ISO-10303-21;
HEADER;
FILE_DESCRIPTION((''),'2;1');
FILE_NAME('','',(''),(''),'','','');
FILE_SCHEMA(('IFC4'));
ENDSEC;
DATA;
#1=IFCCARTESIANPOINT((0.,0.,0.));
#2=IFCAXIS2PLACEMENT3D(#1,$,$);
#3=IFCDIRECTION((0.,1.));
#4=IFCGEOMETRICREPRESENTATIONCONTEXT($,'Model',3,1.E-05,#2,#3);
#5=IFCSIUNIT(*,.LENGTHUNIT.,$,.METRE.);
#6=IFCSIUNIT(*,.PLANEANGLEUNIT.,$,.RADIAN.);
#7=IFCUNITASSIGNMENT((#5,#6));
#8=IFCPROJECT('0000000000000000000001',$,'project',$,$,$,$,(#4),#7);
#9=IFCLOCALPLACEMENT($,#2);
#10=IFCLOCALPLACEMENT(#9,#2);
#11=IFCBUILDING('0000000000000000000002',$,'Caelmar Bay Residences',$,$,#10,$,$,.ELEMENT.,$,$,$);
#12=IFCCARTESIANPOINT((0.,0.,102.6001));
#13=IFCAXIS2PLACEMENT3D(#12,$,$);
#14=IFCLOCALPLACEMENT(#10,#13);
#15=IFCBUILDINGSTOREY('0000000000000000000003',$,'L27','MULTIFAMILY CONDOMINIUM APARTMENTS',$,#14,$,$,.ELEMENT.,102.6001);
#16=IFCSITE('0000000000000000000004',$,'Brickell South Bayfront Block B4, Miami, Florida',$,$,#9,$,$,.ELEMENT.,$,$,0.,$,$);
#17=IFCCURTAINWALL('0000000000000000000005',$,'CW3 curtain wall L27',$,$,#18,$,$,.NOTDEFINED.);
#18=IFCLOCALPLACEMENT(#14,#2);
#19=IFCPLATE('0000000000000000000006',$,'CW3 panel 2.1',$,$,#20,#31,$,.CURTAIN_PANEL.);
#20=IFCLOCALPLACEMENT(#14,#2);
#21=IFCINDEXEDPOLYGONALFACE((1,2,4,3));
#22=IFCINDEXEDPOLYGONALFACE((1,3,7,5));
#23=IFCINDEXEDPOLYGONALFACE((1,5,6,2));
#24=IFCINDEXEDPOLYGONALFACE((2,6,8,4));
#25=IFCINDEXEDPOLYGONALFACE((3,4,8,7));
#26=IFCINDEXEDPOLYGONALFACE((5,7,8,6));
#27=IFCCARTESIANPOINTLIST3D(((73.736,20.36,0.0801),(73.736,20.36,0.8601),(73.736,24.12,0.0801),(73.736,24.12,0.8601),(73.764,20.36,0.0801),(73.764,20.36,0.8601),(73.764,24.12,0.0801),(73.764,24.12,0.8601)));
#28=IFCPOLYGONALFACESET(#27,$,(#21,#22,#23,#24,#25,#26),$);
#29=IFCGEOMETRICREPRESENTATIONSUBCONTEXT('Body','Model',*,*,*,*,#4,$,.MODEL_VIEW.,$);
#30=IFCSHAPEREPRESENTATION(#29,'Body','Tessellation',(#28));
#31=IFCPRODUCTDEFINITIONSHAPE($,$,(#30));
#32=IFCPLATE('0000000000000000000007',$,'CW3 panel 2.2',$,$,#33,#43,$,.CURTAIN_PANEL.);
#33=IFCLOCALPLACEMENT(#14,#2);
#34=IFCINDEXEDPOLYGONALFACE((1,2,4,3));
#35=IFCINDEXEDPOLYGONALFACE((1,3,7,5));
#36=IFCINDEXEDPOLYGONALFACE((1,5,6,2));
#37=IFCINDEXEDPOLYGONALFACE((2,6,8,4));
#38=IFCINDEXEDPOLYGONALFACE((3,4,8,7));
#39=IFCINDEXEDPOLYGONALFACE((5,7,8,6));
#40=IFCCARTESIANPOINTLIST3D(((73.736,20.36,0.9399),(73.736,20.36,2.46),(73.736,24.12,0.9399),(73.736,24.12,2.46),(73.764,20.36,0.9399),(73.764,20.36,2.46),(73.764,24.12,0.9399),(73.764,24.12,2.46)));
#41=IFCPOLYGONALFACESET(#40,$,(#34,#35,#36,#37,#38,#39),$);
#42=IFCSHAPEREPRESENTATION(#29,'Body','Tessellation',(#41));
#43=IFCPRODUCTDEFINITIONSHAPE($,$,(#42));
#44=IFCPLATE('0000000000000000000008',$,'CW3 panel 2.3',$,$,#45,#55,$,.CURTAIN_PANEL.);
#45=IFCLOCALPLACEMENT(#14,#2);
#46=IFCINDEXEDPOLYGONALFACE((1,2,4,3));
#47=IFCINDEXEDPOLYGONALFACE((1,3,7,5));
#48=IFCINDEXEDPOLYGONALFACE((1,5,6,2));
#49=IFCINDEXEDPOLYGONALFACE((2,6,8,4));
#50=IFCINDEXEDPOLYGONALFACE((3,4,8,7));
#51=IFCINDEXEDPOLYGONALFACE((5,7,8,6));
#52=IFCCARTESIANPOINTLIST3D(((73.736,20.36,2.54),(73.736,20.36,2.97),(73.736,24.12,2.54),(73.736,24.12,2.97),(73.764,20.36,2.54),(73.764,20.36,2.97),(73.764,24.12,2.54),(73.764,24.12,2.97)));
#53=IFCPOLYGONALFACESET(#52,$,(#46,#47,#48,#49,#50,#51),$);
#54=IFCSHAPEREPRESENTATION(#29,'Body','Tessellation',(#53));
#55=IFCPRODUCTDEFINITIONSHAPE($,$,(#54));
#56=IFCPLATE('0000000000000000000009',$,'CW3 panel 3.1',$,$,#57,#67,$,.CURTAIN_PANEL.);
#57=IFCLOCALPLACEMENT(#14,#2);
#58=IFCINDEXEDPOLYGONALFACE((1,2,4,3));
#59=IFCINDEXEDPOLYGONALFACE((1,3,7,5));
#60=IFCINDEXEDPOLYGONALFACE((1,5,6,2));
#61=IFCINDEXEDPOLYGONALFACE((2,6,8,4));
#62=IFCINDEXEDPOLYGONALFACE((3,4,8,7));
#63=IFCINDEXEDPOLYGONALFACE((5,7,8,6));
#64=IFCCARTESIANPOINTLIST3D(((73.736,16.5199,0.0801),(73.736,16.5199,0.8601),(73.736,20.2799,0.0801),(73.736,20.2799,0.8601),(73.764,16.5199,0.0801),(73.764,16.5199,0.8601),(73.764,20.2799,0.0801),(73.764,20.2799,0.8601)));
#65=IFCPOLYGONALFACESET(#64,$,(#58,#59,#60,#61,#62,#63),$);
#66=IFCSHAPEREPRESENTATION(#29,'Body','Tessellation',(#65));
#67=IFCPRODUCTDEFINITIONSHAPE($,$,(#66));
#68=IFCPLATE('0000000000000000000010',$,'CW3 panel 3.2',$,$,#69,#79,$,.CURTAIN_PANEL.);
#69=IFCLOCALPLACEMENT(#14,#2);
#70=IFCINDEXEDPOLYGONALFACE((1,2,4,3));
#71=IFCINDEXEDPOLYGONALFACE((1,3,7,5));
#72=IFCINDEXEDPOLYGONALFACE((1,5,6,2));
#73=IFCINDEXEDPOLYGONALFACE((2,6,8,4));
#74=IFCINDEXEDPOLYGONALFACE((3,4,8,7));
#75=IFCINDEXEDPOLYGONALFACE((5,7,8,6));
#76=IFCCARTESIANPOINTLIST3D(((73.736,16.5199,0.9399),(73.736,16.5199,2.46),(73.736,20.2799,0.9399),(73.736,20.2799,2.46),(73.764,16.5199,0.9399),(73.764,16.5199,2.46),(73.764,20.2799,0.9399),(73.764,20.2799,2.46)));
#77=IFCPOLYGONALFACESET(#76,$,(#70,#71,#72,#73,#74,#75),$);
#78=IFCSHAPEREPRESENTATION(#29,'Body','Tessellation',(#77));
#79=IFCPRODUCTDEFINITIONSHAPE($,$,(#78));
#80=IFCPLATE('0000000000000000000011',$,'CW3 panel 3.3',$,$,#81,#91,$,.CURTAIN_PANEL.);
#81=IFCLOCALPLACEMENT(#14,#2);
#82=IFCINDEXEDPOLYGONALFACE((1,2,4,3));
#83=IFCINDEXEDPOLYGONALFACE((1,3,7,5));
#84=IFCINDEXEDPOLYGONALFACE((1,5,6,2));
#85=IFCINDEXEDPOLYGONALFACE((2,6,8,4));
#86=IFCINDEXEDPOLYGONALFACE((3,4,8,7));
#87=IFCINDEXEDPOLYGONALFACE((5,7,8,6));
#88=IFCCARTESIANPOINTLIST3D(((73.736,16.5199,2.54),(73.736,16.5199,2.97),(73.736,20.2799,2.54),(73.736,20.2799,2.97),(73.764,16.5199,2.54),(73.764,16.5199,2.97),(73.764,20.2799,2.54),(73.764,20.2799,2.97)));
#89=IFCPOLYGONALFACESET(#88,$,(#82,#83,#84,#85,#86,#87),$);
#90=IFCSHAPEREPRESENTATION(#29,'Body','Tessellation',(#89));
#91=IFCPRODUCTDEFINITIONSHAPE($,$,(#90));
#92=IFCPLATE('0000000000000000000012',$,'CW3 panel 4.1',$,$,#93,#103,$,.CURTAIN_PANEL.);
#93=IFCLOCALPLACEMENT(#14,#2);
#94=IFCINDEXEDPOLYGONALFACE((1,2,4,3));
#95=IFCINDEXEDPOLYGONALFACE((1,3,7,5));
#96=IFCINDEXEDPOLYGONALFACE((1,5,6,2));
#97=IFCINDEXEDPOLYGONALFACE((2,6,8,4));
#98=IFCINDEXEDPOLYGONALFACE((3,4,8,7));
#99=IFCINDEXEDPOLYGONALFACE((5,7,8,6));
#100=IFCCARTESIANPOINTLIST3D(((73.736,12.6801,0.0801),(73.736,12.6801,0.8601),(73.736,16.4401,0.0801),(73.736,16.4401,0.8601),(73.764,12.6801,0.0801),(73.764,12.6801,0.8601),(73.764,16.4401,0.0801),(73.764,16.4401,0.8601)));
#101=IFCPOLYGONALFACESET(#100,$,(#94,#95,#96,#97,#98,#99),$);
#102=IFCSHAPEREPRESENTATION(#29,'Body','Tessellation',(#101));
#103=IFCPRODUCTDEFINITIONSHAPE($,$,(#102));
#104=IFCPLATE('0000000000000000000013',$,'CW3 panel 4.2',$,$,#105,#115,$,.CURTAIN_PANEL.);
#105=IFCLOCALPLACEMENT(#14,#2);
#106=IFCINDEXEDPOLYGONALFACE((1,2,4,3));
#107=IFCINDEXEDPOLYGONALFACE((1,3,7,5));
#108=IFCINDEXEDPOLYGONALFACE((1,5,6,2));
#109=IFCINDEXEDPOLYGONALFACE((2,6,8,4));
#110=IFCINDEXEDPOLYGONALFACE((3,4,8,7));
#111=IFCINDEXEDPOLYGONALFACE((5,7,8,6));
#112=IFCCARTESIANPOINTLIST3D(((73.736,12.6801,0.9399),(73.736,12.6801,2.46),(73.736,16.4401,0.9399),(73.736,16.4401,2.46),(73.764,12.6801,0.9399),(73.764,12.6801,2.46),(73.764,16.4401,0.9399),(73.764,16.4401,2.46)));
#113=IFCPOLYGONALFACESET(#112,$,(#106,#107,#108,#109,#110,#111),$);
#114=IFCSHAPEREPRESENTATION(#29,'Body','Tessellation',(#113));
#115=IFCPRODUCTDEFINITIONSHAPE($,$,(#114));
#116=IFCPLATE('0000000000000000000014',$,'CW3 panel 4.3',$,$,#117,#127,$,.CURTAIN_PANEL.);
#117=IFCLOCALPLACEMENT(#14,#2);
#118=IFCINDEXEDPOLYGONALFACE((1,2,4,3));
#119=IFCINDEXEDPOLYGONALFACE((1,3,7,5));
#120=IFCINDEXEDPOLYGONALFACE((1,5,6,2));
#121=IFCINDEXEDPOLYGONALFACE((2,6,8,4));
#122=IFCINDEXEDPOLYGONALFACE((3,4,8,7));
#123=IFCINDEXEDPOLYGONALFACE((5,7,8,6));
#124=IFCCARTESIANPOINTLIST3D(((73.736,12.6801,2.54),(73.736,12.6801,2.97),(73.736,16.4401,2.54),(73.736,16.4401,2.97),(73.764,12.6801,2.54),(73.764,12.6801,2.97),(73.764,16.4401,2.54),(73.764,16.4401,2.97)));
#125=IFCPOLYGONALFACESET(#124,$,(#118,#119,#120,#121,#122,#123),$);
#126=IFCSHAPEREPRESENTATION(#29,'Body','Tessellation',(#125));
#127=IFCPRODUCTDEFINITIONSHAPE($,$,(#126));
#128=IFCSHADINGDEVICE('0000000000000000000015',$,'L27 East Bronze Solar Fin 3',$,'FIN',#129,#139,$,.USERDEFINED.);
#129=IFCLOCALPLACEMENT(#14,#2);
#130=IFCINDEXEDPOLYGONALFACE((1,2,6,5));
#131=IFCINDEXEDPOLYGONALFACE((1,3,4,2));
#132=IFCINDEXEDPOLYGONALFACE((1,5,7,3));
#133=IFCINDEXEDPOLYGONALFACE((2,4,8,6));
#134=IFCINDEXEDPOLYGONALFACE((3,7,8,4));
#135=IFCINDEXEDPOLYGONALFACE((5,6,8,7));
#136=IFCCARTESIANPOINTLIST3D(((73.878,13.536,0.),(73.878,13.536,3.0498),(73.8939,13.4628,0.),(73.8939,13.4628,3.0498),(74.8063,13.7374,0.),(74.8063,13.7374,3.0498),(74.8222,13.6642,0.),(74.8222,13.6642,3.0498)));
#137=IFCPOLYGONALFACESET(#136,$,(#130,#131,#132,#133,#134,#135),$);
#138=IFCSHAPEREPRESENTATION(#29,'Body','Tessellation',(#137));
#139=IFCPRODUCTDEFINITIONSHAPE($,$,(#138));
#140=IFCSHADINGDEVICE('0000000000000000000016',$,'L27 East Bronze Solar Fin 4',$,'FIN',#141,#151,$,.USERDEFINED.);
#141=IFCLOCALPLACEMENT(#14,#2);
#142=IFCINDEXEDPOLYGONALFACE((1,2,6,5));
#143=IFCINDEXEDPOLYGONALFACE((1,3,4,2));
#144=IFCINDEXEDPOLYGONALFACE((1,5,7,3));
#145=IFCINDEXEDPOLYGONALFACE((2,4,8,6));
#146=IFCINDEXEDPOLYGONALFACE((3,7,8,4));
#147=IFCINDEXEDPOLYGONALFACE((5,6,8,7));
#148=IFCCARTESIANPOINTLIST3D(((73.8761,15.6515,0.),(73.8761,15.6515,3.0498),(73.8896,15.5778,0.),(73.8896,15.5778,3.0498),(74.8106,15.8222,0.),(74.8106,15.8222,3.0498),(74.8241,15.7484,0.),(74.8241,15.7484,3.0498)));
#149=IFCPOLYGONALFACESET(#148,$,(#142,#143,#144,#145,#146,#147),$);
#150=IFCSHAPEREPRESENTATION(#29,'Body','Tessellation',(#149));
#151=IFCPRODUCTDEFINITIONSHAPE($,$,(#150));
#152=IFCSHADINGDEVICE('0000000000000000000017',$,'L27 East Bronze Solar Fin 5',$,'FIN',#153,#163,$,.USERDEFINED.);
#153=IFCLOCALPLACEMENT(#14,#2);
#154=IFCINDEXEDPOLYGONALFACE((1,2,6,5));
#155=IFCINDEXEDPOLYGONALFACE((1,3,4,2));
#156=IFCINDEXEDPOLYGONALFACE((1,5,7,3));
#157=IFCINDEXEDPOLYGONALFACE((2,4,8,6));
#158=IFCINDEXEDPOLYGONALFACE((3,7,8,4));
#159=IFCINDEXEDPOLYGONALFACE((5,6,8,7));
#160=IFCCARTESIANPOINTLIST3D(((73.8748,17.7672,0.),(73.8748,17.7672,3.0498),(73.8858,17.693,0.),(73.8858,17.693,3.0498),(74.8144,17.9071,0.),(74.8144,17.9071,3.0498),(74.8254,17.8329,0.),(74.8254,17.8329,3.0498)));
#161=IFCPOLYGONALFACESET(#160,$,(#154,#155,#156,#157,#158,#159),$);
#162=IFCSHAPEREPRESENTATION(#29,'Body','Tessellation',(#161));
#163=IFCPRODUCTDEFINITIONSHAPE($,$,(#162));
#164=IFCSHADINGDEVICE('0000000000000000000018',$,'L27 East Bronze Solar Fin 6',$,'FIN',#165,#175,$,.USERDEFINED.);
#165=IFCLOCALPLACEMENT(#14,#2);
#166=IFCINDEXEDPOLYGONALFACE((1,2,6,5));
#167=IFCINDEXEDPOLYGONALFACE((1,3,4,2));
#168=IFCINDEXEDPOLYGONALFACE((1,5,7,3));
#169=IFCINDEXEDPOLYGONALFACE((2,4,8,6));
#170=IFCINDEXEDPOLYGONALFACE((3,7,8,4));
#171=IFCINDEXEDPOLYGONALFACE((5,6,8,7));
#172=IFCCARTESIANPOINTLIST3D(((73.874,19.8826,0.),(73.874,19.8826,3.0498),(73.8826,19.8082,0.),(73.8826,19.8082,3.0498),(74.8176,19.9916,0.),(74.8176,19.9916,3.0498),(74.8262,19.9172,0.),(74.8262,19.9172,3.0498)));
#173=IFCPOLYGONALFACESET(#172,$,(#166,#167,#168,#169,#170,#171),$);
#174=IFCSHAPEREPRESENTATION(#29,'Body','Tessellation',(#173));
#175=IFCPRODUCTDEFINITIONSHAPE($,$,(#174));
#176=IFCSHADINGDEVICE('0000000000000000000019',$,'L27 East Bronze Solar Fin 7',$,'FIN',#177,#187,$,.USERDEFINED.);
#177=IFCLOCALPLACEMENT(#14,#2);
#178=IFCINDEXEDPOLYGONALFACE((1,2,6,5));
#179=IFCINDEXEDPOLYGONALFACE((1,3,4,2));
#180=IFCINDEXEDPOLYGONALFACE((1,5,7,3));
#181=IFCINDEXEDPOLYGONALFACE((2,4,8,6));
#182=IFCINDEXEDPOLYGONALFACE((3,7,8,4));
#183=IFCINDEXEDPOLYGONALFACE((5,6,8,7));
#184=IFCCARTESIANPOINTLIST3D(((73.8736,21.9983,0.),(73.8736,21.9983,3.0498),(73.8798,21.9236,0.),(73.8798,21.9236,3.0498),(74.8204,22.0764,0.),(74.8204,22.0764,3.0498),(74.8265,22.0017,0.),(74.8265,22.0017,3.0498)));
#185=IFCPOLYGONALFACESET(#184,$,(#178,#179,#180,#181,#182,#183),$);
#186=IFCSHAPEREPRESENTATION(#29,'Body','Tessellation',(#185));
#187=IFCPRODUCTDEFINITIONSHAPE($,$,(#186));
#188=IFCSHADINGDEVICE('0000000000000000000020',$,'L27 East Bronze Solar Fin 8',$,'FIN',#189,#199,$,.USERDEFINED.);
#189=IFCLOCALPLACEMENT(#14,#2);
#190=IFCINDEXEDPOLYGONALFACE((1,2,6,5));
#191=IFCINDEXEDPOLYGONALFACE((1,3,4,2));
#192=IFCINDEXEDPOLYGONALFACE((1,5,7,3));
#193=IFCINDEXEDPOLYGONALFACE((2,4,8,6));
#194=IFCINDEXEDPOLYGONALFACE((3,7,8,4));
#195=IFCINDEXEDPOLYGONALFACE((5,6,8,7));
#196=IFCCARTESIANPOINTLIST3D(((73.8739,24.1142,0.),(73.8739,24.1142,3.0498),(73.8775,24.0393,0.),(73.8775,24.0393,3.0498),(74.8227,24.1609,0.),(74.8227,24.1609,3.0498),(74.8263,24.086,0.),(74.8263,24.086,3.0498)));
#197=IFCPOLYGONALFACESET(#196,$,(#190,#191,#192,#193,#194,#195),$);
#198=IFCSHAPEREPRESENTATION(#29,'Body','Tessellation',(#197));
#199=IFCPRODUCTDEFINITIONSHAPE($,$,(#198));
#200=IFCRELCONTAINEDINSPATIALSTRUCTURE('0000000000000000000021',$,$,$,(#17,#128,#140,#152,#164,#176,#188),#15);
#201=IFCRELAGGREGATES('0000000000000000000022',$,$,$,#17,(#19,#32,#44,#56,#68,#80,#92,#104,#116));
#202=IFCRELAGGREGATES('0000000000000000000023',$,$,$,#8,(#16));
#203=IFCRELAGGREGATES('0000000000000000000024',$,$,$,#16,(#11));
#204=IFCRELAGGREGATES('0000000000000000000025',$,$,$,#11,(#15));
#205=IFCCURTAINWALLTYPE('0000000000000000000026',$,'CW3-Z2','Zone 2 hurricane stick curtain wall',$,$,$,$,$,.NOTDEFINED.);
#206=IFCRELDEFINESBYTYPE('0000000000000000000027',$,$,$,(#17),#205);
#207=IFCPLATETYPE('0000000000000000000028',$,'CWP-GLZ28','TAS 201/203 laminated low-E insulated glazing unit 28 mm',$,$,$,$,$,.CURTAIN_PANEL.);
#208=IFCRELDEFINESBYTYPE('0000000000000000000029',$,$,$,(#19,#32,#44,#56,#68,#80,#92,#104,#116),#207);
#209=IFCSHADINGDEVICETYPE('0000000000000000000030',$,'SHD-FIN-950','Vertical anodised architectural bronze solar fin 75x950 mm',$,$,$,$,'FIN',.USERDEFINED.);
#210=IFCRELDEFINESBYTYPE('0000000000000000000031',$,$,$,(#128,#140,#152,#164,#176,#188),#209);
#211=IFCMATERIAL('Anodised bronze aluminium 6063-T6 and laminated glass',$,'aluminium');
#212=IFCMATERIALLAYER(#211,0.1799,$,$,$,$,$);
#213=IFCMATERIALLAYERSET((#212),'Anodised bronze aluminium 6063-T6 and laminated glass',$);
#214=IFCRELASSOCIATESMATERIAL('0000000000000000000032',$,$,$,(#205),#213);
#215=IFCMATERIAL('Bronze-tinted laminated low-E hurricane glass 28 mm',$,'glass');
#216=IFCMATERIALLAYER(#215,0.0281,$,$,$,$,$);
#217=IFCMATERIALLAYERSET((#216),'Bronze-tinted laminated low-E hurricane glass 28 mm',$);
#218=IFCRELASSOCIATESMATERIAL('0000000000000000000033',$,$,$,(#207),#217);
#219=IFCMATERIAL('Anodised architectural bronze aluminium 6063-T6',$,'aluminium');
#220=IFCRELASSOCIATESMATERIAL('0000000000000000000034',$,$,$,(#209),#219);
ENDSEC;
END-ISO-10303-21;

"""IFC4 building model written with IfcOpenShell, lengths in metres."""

from ifc_helpers import new_model, si_unit, direction, frame, origin, origin_2d, place, context, subcontext, project, spatial, rectangle, extrude, material, layer, layer_set, material_profile, profile_set, type_object, element, aggregate, save


model = new_model("IFC4")

# Units and contexts
model_context = context("Model", 3, precision=1e-05, world=origin(), true_north=direction((0.0, 1.0)))
body_context = subcontext(model_context, "Body", "Model", "MODEL_VIEW")
ifc_project = project(units=[si_unit("LENGTHUNIT", "METRE"), si_unit("PLANEANGLEUNIT", "RADIAN")], contexts=[model_context])

# Site, building, storey
site_placement = place(None, origin())
site = spatial("IfcSite", under=ifc_project, at=site_placement, Name="Brickell South Bayfront Block B4, Miami, Florida", CompositionType="ELEMENT", RefElevation=0.0)
building_placement = place(site_placement, origin())
building = spatial("IfcBuilding", under=site, at=building_placement, Name="Caelmar Bay Residences", CompositionType="ELEMENT")
storey_placement = place(building_placement, frame((0.0, 0.0, 102.6001)))
storey = spatial("IfcBuildingStorey", under=building, at=storey_placement, Name="L27", Description="MULTIFAMILY CONDOMINIUM APARTMENTS", CompositionType="ELEMENT", Elevation=102.6001)

# Curtain wall, plates
ifc_material_1 = material(Name="Anodised bronze aluminium 6063-T6 and laminated glass", Category="aluminium")
ifc_layer_1 = layer(ifc_material_1, 0.1799)
ifc_layer_set_1 = layer_set([ifc_layer_1], Name="Anodised bronze aluminium 6063-T6 and laminated glass")
curtain_wall_type = type_object("IfcCurtainWallType", Name="CW3-Z2", Description="Zone 2 hurricane stick curtain wall", PredefinedType="NOTDEFINED", material=ifc_layer_set_1)
curtain_wall_placement = place(storey_placement, origin())
curtain_wall = element("IfcCurtainWall", 1, at=curtain_wall_placement, inside=storey, type_object=curtain_wall_type, Name="CW3 curtain wall L27", PredefinedType="NOTDEFINED")
ifc_material_2 = material(Name="Bronze-tinted laminated low-E hurricane glass 28 mm", Category="glass")
ifc_layer_2 = layer(ifc_material_2, 0.0281)
ifc_layer_set_2 = layer_set([ifc_layer_2], Name="Bronze-tinted laminated low-E hurricane glass 28 mm")
plate_type = type_object("IfcPlateType", Name="CWP-GLZ28", Description="TAS 201/203 laminated low-E insulated glazing unit 28 mm", PredefinedType="CURTAIN_PANEL", material=ifc_layer_set_2)
plate_1_placement = place(storey_placement, frame((73.75, 22.24, 0.0801), z_axis=(0.0, 0.0, 1.0), x_axis=(0.0, -1.0, 0.0)))
plate_1 = element("IfcPlate", 2, at=plate_1_placement, type_object=plate_type, Name="CW3 panel 2.1", PredefinedType="CURTAIN_PANEL", context=body_context, shape_type="SweptSolid", body=[
    extrude(rectangle(XDim=3.76, YDim=0.0281, at=origin_2d()), origin(), (0.0, 0.0, 1.0), 0.78),
])
plate_2_placement = place(storey_placement, frame((73.75, 22.24, 0.9399), z_axis=(0.0, 0.0, 1.0), x_axis=(0.0, -1.0, 0.0)))
plate_2 = element("IfcPlate", 3, at=plate_2_placement, type_object=plate_type, Name="CW3 panel 2.2", PredefinedType="CURTAIN_PANEL", context=body_context, shape_type="SweptSolid", body=[
    extrude(rectangle(XDim=3.76, YDim=0.0281, at=origin_2d()), origin(), (0.0, 0.0, 1.0), 1.52),
])
plate_3_placement = place(storey_placement, frame((73.75, 22.24, 2.54), z_axis=(0.0, 0.0, 1.0), x_axis=(0.0, -1.0, 0.0)))
plate_3 = element("IfcPlate", 4, at=plate_3_placement, type_object=plate_type, Name="CW3 panel 2.3", PredefinedType="CURTAIN_PANEL", context=body_context, shape_type="SweptSolid", body=[
    extrude(rectangle(XDim=3.76, YDim=0.0281, at=origin_2d()), origin(), (0.0, 0.0, 1.0), 0.4299),
])
plate_4_placement = place(storey_placement, frame((73.75, 18.3999, 0.0801), z_axis=(0.0, 0.0, 1.0), x_axis=(0.0, -1.0, 0.0)))
plate_4 = element("IfcPlate", 5, at=plate_4_placement, type_object=plate_type, Name="CW3 panel 3.1", PredefinedType="CURTAIN_PANEL", context=body_context, shape_type="SweptSolid", body=[
    extrude(rectangle(XDim=3.76, YDim=0.0281, at=origin_2d()), origin(), (0.0, 0.0, 1.0), 0.78),
])
plate_5_placement = place(storey_placement, frame((73.75, 18.3999, 0.9399), z_axis=(0.0, 0.0, 1.0), x_axis=(0.0, -1.0, 0.0)))
plate_5 = element("IfcPlate", 6, at=plate_5_placement, type_object=plate_type, Name="CW3 panel 3.2", PredefinedType="CURTAIN_PANEL", context=body_context, shape_type="SweptSolid", body=[
    extrude(rectangle(XDim=3.76, YDim=0.0281, at=origin_2d()), origin(), (0.0, 0.0, 1.0), 1.52),
])
plate_6_placement = place(storey_placement, frame((73.75, 18.3999, 2.54), z_axis=(0.0, 0.0, 1.0), x_axis=(0.0, -1.0, 0.0)))
plate_6 = element("IfcPlate", 7, at=plate_6_placement, type_object=plate_type, Name="CW3 panel 3.3", PredefinedType="CURTAIN_PANEL", context=body_context, shape_type="SweptSolid", body=[
    extrude(rectangle(XDim=3.76, YDim=0.0281, at=origin_2d()), origin(), (0.0, 0.0, 1.0), 0.4299),
])
plate_7_placement = place(storey_placement, frame((73.75, 14.5601, 0.0801), z_axis=(0.0, 0.0, 1.0), x_axis=(0.0, -1.0, 0.0)))
plate_7 = element("IfcPlate", 8, at=plate_7_placement, type_object=plate_type, Name="CW3 panel 4.1", PredefinedType="CURTAIN_PANEL", context=body_context, shape_type="SweptSolid", body=[
    extrude(rectangle(XDim=3.76, YDim=0.0281, at=origin_2d()), origin(), (0.0, 0.0, 1.0), 0.78),
])
plate_8_placement = place(storey_placement, frame((73.75, 14.5601, 0.9399), z_axis=(0.0, 0.0, 1.0), x_axis=(0.0, -1.0, 0.0)))
plate_8 = element("IfcPlate", 9, at=plate_8_placement, type_object=plate_type, Name="CW3 panel 4.2", PredefinedType="CURTAIN_PANEL", context=body_context, shape_type="SweptSolid", body=[
    extrude(rectangle(XDim=3.76, YDim=0.0281, at=origin_2d()), origin(), (0.0, 0.0, 1.0), 1.52),
])
plate_9_placement = place(storey_placement, frame((73.75, 14.5601, 2.54), z_axis=(0.0, 0.0, 1.0), x_axis=(0.0, -1.0, 0.0)))
plate_9 = element("IfcPlate", 10, at=plate_9_placement, type_object=plate_type, Name="CW3 panel 4.3", PredefinedType="CURTAIN_PANEL", context=body_context, shape_type="SweptSolid", body=[
    extrude(rectangle(XDim=3.76, YDim=0.0281, at=origin_2d()), origin(), (0.0, 0.0, 1.0), 0.4299),
])
aggregate(curtain_wall, [plate_1, plate_2, plate_3, plate_4, plate_5, plate_6, plate_7, plate_8, plate_9])

# Shading devices
ifc_material_3 = material(Name="Anodised architectural bronze aluminium 6063-T6", Category="aluminium")
ifc_material_profile_1 = material_profile(ifc_material_3, rectangle(XDim=0.075, YDim=0.95, at=origin_2d()), Name="BRONZE-FIN-75X950")
ifc_profile_set_1 = profile_set([ifc_material_profile_1], Name="Anodised architectural bronze aluminium 6063-T6")
shading_device_type = type_object("IfcShadingDeviceType", Name="SHD-FIN-950", Description="Vertical anodised architectural bronze solar fin 75x950 mm", ElementType="FIN", PredefinedType="USERDEFINED", material=ifc_profile_set_1)
for number, where, z_axis, x_axis, name in (
    (11, (74.3501, 13.6001, 0.0), (0.0, 0.0, 1.0), (-0.212007, 0.977268, 0.0), "L27 East Bronze Solar Fin 3"),
    (12, (74.3501, 15.7, 0.0), (0.0, 0.0, 1.0), (-0.179661, 0.983729, 0.0), "L27 East Bronze Solar Fin 4"),
    (13, (74.3501, 17.8, 0.0), (0.0, 0.0, 1.0), (-0.147292, 0.989093, 0.0), "L27 East Bronze Solar Fin 5"),
    (14, (74.3501, 19.8999, 0.0), (0.0, 0.0, 1.0), (-0.114764, 0.993393, 0.0), "L27 East Bronze Solar Fin 6"),
    (15, (74.3501, 22.0, 0.0), (0.0, 0.0, 1.0), (-0.082112, 0.996623, 0.0), "L27 East Bronze Solar Fin 7"),
    (16, (74.3501, 24.1001, 0.0), (0.0, 0.0, 1.0), (-0.049198, 0.998789, 0.0), "L27 East Bronze Solar Fin 8"),
):
    element("IfcShadingDevice", number, at=place(storey_placement, frame(where, z_axis=z_axis, x_axis=x_axis)), inside=storey, type_object=shading_device_type, Name=name, ObjectType="FIN", PredefinedType="USERDEFINED", context=body_context, shape_type="SweptSolid", body=[
        extrude(rectangle(XDim=0.075, YDim=0.95, at=origin_2d()), origin(), (0.0, 0.0, 1.0), 3.0498),
    ])

save(model, "model.ifc")
